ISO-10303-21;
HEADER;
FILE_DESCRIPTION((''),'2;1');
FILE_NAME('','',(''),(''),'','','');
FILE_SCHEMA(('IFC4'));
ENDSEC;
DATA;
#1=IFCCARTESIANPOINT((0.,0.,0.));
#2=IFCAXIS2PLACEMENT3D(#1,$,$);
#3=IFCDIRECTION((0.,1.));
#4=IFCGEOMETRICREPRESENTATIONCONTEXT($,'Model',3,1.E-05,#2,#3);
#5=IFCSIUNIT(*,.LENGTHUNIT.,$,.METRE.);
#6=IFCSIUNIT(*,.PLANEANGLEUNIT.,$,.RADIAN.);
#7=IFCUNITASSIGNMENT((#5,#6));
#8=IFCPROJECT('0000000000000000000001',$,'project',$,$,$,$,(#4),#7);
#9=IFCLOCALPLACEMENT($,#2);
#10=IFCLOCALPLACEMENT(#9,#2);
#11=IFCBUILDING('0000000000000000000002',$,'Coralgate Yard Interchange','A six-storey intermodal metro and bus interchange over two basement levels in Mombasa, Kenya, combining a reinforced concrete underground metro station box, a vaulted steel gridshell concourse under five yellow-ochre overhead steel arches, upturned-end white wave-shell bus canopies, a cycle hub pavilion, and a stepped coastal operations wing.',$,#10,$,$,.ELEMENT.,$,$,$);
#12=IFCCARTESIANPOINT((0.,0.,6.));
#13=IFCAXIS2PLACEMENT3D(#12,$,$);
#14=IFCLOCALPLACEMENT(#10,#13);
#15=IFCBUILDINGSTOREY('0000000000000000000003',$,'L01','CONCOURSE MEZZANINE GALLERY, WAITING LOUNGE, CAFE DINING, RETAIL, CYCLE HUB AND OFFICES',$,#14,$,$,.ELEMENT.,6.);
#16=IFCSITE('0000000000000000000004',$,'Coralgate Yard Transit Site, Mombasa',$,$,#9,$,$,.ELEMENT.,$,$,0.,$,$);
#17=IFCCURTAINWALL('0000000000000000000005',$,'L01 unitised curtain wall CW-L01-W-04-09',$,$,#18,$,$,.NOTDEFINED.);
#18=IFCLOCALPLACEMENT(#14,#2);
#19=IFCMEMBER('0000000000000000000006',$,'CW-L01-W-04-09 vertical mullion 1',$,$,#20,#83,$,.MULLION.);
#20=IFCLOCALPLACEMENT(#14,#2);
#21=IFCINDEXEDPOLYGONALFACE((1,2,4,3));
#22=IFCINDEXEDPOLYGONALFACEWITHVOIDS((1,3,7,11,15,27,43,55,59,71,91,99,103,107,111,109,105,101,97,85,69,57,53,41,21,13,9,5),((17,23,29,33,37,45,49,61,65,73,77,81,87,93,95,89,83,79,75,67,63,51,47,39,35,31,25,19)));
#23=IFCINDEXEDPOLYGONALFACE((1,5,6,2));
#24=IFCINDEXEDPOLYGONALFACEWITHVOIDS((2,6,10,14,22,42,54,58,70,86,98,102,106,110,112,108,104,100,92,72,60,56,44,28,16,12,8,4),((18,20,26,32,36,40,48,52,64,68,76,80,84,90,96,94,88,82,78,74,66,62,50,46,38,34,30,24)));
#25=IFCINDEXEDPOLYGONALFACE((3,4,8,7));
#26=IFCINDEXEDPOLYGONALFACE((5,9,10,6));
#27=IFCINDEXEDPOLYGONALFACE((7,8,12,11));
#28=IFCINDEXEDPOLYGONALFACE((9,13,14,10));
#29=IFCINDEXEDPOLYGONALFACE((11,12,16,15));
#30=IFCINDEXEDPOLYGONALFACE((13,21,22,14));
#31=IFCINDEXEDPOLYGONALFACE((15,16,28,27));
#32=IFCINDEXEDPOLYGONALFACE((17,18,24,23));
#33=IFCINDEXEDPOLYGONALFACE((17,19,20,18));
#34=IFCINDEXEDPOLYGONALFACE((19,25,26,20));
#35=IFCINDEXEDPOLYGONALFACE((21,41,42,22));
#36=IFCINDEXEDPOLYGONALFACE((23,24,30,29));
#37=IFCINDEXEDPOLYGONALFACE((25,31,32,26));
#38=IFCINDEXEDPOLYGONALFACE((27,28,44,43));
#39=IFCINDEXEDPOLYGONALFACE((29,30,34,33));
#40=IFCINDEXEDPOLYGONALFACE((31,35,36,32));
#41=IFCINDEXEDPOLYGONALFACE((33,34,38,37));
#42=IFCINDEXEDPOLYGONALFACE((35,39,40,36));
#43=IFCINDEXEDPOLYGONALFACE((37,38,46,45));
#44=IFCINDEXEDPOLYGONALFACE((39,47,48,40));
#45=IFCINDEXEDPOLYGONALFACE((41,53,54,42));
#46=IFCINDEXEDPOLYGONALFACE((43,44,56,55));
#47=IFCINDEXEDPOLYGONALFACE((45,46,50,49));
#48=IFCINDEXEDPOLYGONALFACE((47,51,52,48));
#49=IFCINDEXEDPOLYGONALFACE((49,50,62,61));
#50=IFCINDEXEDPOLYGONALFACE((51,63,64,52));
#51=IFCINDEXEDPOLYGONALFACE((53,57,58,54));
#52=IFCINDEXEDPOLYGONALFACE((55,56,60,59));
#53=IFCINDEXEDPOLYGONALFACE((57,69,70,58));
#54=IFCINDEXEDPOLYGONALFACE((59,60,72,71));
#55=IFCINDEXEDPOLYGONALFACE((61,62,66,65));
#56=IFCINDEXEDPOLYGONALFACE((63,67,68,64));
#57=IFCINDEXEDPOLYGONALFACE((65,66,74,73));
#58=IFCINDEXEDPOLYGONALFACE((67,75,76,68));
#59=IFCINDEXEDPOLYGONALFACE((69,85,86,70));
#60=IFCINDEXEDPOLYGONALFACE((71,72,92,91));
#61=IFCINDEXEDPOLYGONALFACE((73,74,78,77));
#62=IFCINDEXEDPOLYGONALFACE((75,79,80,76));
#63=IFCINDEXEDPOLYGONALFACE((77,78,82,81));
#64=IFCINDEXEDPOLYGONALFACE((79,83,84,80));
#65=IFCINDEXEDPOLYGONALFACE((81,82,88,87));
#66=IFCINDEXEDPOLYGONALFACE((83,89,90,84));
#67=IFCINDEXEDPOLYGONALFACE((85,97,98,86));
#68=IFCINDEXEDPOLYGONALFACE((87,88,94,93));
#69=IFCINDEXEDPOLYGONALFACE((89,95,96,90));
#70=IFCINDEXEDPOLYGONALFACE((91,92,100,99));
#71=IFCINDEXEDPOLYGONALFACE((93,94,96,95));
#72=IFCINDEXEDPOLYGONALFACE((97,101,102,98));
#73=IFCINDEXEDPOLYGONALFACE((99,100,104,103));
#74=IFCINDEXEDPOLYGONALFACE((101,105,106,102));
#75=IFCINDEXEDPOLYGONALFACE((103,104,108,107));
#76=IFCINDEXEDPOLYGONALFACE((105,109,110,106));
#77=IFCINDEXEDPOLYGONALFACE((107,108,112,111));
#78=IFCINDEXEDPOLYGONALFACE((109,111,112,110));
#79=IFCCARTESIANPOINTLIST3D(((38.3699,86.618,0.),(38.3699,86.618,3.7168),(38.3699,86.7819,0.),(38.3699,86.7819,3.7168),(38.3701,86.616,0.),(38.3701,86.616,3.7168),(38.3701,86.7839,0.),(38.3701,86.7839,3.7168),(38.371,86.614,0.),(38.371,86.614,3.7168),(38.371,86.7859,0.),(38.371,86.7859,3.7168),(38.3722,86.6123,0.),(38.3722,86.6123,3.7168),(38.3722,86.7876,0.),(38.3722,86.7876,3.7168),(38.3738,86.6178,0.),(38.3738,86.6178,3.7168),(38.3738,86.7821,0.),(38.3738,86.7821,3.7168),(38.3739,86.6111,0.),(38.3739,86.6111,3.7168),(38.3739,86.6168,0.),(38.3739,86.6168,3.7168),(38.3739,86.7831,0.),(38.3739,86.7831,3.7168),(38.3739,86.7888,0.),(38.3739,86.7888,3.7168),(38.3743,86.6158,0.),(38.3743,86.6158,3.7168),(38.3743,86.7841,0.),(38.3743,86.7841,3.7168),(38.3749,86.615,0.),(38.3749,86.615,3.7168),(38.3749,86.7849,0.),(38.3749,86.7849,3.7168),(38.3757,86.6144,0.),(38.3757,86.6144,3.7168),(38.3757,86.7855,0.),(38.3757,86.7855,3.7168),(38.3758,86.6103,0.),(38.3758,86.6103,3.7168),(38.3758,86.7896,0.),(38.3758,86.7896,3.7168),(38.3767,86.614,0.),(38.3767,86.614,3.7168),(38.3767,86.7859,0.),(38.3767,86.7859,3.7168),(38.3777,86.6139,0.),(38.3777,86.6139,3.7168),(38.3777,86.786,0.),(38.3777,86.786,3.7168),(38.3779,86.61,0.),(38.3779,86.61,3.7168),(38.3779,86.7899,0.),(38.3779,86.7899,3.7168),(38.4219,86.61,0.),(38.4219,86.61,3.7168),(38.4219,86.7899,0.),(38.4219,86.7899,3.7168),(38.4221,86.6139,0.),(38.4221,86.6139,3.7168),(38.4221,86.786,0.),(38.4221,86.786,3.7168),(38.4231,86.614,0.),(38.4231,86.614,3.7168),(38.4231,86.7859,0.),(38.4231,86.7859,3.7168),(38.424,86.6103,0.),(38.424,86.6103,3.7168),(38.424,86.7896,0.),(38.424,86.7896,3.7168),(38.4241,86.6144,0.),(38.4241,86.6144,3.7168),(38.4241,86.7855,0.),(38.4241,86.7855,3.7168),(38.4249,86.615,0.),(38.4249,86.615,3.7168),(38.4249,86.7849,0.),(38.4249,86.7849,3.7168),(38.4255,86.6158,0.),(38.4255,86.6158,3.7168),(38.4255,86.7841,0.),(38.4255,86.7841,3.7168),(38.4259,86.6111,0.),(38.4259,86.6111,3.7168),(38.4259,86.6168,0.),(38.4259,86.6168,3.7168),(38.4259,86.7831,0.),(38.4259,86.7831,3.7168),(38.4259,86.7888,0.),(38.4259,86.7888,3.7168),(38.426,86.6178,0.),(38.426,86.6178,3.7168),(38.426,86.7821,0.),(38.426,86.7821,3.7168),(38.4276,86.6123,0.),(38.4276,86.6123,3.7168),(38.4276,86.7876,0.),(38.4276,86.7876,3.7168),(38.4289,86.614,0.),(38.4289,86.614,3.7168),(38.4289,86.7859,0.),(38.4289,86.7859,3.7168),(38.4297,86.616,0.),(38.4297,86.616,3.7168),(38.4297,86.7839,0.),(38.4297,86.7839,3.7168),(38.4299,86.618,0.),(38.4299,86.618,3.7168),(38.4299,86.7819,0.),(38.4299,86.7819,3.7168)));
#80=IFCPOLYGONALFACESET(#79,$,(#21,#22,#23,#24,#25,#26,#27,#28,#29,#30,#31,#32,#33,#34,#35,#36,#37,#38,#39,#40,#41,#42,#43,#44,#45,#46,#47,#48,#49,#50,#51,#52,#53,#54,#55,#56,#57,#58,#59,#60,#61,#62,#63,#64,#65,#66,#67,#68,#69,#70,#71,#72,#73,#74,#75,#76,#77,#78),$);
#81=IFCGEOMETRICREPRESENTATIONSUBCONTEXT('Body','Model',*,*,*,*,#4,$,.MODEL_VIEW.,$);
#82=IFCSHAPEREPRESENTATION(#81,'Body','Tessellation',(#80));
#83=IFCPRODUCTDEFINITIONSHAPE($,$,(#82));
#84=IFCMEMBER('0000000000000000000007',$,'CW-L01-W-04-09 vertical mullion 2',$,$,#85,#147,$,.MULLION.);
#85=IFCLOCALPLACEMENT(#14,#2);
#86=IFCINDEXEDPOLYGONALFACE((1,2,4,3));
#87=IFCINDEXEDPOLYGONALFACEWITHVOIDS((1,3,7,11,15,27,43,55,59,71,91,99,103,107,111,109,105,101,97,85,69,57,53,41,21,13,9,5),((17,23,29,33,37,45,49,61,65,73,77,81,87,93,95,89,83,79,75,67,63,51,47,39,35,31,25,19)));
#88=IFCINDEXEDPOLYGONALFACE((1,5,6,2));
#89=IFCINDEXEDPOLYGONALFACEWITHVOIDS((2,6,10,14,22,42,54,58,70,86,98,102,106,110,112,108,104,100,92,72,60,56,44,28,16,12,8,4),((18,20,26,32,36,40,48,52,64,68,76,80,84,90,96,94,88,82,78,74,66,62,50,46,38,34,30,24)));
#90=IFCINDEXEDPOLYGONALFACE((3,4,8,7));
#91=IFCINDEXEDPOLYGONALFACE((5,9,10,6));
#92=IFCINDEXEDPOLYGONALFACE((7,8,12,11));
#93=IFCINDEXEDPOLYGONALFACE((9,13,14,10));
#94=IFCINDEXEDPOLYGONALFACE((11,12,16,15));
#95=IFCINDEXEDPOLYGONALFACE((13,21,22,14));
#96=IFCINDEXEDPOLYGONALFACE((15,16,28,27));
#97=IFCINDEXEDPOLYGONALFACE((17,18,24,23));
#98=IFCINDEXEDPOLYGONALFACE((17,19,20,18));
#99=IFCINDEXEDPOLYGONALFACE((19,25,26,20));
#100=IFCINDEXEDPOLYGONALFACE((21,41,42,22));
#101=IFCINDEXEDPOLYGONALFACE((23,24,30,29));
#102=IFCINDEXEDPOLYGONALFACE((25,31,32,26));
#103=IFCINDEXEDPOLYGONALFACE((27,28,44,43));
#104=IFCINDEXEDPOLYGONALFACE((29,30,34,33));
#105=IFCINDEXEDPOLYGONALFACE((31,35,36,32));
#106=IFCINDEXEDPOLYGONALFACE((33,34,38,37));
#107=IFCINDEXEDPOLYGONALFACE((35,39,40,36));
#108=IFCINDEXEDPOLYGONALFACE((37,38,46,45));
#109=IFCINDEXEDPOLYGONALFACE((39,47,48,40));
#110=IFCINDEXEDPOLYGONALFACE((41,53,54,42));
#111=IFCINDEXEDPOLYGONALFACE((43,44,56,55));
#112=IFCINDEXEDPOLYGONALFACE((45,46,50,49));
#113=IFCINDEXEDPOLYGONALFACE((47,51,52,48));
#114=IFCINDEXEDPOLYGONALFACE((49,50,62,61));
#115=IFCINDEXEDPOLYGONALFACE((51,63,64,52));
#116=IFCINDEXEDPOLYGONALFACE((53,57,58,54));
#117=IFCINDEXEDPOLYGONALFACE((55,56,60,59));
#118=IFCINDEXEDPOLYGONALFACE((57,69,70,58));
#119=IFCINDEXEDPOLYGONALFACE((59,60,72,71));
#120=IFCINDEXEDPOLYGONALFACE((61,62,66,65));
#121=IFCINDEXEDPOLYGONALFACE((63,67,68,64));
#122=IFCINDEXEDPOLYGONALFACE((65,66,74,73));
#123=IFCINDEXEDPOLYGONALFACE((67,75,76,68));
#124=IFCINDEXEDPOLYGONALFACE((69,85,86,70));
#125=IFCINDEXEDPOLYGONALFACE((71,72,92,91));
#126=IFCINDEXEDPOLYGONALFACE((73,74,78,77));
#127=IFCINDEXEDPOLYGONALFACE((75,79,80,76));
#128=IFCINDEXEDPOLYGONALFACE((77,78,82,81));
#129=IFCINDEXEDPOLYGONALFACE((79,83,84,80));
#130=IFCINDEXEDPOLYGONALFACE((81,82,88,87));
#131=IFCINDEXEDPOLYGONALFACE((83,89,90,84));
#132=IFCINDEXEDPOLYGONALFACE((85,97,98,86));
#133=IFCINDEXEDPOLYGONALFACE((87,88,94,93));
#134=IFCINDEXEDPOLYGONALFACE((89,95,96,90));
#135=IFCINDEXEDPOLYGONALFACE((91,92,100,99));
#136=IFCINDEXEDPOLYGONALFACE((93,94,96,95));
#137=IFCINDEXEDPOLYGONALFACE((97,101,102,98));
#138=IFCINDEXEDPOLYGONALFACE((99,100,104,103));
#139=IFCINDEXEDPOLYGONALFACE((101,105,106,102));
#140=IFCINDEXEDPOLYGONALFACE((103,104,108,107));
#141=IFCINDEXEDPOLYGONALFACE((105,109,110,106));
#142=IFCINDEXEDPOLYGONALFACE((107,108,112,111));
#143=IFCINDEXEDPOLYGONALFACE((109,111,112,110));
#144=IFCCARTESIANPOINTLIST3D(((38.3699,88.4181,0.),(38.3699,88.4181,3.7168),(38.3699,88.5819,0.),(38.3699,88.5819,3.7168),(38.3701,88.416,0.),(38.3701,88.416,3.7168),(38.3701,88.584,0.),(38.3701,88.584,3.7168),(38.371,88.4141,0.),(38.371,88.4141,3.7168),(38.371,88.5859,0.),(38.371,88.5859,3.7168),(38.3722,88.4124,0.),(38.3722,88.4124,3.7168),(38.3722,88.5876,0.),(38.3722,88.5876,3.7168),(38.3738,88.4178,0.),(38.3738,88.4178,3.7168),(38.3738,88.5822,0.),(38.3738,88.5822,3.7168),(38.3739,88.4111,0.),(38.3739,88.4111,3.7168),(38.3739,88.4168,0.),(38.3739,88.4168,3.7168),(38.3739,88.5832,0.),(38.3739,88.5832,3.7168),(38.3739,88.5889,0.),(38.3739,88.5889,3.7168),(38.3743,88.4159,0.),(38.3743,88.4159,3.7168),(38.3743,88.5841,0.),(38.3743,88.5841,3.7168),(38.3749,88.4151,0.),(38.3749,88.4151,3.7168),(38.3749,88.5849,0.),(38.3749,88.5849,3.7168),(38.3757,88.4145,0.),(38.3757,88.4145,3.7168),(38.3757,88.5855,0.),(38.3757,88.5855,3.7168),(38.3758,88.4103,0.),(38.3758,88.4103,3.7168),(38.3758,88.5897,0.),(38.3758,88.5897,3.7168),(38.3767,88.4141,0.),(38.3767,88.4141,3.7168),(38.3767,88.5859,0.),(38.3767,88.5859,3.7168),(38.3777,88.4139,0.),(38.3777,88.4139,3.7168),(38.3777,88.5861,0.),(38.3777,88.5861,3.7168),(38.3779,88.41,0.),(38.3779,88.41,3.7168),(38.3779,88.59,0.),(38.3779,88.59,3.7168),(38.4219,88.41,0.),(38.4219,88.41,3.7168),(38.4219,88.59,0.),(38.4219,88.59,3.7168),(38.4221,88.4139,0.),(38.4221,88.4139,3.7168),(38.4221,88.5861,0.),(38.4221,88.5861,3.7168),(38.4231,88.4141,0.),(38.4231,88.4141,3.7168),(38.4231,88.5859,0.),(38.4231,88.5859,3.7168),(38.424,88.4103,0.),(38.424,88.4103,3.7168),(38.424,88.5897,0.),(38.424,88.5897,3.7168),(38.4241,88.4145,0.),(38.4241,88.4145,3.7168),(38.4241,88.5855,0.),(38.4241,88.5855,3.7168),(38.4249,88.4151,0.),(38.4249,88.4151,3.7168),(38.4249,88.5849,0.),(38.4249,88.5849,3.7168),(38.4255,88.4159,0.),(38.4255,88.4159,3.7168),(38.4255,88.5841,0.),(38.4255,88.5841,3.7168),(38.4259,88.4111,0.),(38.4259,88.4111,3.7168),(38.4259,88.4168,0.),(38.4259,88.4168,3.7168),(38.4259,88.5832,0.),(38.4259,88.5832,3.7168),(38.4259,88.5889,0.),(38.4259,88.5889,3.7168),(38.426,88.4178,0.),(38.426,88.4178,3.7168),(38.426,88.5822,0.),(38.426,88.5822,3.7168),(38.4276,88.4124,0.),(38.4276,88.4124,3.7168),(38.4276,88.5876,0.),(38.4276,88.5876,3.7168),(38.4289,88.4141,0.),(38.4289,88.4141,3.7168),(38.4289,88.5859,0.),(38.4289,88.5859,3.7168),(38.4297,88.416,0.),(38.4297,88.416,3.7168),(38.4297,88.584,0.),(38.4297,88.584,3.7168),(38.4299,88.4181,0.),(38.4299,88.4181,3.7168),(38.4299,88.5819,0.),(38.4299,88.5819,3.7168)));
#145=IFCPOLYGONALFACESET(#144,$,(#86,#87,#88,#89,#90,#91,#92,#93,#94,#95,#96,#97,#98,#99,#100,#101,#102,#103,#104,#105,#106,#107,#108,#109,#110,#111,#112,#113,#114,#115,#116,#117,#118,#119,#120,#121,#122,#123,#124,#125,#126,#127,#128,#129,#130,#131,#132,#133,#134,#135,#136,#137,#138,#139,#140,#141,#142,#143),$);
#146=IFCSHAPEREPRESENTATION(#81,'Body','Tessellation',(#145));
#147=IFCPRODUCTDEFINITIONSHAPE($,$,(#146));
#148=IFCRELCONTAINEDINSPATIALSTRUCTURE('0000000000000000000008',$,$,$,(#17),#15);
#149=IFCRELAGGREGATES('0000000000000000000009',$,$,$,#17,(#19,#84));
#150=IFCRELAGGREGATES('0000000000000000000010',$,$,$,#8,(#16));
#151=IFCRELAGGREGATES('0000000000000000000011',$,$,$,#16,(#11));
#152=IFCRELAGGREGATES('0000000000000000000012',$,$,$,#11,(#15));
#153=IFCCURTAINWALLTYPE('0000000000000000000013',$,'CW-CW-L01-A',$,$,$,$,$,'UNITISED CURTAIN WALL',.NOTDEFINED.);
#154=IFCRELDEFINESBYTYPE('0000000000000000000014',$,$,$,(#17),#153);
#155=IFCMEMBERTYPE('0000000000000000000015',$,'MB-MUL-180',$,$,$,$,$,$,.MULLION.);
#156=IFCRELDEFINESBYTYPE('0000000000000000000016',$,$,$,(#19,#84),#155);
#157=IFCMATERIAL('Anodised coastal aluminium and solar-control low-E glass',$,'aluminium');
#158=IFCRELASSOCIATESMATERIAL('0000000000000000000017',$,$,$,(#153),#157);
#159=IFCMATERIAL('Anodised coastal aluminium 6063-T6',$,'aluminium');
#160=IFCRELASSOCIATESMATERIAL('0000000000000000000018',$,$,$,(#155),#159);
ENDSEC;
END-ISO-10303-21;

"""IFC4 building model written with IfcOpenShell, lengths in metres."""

from ifc_helpers import new_model, si_unit, direction, frame, origin, origin_2d, place, context, subcontext, project, spatial, hollow_rectangle, extrude, material, material_profile, profile_set, type_object, element, aggregate, save


model = new_model("IFC4")

# Units and contexts
model_context = context("Model", 3, precision=1e-05, world=origin(), true_north=direction((0.0, 1.0)))
body_context = subcontext(model_context, "Body", "Model", "MODEL_VIEW")
ifc_project = project(units=[si_unit("LENGTHUNIT", "METRE"), si_unit("PLANEANGLEUNIT", "RADIAN")], contexts=[model_context])

# Site, building, storey
site_placement = place(None, origin())
site = spatial("IfcSite", under=ifc_project, at=site_placement, Name="Coralgate Yard Transit Site, Mombasa", CompositionType="ELEMENT", RefElevation=0.0)
building_placement = place(site_placement, origin())
building = spatial("IfcBuilding", under=site, at=building_placement, Name="Coralgate Yard Interchange", Description="A six-storey intermodal metro and bus interchange over two basement levels in Mombasa, Kenya, combining a reinforced concrete underground metro station box, a vaulted steel gridshell concourse under five yellow-ochre overhead steel arches, upturned-end white wave-shell bus canopies, a cycle hub pavilion, and a stepped coastal operations wing.", CompositionType="ELEMENT")
storey_placement = place(building_placement, frame((0.0, 0.0, 6.0)))
storey = spatial("IfcBuildingStorey", under=building, at=storey_placement, Name="L01", Description="CONCOURSE MEZZANINE GALLERY, WAITING LOUNGE, CAFE DINING, RETAIL, CYCLE HUB AND OFFICES", CompositionType="ELEMENT", Elevation=6.0)

# Curtain wall, members
ifc_material_1 = material(Name="Anodised coastal aluminium and solar-control low-E glass", Category="aluminium")
curtain_wall_type = type_object("IfcCurtainWallType", Name="CW-CW-L01-A", ElementType="UNITISED CURTAIN WALL", PredefinedType="NOTDEFINED", material=ifc_material_1)
curtain_wall_placement = place(storey_placement, origin())
curtain_wall = element("IfcCurtainWall", 1, at=curtain_wall_placement, inside=storey, type_object=curtain_wall_type, Name="L01 unitised curtain wall CW-L01-W-04-09", PredefinedType="NOTDEFINED")
ifc_material_2 = material(Name="Anodised coastal aluminium 6063-T6", Category="aluminium")
ifc_material_profile_1 = material_profile(ifc_material_2, hollow_rectangle(XDim=0.0601, YDim=0.1799, WallThickness=0.0039, InnerFilletRadius=0.0039, OuterFilletRadius=0.0081, at=origin_2d()), Name="ALU 60x180x4")
ifc_profile_set_1 = profile_set([ifc_material_profile_1], Name="Anodised coastal aluminium 6063-T6")
member_type_1 = type_object("IfcMemberType", Name="MB-MUL-180", PredefinedType="MULLION", material=ifc_profile_set_1)
member_1_placement = place(storey_placement, frame((38.3999, 86.7, 0.0), z_axis=(0.0, 0.0, 1.0), x_axis=(1.0, 0.0, 0.0)))
member_1 = element("IfcMember", 2, at=member_1_placement, type_object=member_type_1, Name="CW-L01-W-04-09 vertical mullion 1", PredefinedType="MULLION", context=body_context, shape_type="SweptSolid", body=[
    extrude(hollow_rectangle(XDim=0.0601, YDim=0.1799, WallThickness=0.0039, InnerFilletRadius=0.0039, OuterFilletRadius=0.0081, at=origin_2d()), origin(), (0.0, 0.0, 1.0), 3.7168),
])
member_2_placement = place(storey_placement, frame((38.3999, 88.5, 0.0), z_axis=(0.0, 0.0, 1.0), x_axis=(1.0, 0.0, 0.0)))
member_2 = element("IfcMember", 3, at=member_2_placement, type_object=member_type_1, Name="CW-L01-W-04-09 vertical mullion 2", PredefinedType="MULLION", context=body_context, shape_type="SweptSolid", body=[
    extrude(hollow_rectangle(XDim=0.0601, YDim=0.1799, WallThickness=0.0039, InnerFilletRadius=0.0039, OuterFilletRadius=0.0081, at=origin_2d()), origin(), (0.0, 0.0, 1.0), 3.7168),
])
aggregate(curtain_wall, [member_1, member_2])

save(model, "model.ifc")
